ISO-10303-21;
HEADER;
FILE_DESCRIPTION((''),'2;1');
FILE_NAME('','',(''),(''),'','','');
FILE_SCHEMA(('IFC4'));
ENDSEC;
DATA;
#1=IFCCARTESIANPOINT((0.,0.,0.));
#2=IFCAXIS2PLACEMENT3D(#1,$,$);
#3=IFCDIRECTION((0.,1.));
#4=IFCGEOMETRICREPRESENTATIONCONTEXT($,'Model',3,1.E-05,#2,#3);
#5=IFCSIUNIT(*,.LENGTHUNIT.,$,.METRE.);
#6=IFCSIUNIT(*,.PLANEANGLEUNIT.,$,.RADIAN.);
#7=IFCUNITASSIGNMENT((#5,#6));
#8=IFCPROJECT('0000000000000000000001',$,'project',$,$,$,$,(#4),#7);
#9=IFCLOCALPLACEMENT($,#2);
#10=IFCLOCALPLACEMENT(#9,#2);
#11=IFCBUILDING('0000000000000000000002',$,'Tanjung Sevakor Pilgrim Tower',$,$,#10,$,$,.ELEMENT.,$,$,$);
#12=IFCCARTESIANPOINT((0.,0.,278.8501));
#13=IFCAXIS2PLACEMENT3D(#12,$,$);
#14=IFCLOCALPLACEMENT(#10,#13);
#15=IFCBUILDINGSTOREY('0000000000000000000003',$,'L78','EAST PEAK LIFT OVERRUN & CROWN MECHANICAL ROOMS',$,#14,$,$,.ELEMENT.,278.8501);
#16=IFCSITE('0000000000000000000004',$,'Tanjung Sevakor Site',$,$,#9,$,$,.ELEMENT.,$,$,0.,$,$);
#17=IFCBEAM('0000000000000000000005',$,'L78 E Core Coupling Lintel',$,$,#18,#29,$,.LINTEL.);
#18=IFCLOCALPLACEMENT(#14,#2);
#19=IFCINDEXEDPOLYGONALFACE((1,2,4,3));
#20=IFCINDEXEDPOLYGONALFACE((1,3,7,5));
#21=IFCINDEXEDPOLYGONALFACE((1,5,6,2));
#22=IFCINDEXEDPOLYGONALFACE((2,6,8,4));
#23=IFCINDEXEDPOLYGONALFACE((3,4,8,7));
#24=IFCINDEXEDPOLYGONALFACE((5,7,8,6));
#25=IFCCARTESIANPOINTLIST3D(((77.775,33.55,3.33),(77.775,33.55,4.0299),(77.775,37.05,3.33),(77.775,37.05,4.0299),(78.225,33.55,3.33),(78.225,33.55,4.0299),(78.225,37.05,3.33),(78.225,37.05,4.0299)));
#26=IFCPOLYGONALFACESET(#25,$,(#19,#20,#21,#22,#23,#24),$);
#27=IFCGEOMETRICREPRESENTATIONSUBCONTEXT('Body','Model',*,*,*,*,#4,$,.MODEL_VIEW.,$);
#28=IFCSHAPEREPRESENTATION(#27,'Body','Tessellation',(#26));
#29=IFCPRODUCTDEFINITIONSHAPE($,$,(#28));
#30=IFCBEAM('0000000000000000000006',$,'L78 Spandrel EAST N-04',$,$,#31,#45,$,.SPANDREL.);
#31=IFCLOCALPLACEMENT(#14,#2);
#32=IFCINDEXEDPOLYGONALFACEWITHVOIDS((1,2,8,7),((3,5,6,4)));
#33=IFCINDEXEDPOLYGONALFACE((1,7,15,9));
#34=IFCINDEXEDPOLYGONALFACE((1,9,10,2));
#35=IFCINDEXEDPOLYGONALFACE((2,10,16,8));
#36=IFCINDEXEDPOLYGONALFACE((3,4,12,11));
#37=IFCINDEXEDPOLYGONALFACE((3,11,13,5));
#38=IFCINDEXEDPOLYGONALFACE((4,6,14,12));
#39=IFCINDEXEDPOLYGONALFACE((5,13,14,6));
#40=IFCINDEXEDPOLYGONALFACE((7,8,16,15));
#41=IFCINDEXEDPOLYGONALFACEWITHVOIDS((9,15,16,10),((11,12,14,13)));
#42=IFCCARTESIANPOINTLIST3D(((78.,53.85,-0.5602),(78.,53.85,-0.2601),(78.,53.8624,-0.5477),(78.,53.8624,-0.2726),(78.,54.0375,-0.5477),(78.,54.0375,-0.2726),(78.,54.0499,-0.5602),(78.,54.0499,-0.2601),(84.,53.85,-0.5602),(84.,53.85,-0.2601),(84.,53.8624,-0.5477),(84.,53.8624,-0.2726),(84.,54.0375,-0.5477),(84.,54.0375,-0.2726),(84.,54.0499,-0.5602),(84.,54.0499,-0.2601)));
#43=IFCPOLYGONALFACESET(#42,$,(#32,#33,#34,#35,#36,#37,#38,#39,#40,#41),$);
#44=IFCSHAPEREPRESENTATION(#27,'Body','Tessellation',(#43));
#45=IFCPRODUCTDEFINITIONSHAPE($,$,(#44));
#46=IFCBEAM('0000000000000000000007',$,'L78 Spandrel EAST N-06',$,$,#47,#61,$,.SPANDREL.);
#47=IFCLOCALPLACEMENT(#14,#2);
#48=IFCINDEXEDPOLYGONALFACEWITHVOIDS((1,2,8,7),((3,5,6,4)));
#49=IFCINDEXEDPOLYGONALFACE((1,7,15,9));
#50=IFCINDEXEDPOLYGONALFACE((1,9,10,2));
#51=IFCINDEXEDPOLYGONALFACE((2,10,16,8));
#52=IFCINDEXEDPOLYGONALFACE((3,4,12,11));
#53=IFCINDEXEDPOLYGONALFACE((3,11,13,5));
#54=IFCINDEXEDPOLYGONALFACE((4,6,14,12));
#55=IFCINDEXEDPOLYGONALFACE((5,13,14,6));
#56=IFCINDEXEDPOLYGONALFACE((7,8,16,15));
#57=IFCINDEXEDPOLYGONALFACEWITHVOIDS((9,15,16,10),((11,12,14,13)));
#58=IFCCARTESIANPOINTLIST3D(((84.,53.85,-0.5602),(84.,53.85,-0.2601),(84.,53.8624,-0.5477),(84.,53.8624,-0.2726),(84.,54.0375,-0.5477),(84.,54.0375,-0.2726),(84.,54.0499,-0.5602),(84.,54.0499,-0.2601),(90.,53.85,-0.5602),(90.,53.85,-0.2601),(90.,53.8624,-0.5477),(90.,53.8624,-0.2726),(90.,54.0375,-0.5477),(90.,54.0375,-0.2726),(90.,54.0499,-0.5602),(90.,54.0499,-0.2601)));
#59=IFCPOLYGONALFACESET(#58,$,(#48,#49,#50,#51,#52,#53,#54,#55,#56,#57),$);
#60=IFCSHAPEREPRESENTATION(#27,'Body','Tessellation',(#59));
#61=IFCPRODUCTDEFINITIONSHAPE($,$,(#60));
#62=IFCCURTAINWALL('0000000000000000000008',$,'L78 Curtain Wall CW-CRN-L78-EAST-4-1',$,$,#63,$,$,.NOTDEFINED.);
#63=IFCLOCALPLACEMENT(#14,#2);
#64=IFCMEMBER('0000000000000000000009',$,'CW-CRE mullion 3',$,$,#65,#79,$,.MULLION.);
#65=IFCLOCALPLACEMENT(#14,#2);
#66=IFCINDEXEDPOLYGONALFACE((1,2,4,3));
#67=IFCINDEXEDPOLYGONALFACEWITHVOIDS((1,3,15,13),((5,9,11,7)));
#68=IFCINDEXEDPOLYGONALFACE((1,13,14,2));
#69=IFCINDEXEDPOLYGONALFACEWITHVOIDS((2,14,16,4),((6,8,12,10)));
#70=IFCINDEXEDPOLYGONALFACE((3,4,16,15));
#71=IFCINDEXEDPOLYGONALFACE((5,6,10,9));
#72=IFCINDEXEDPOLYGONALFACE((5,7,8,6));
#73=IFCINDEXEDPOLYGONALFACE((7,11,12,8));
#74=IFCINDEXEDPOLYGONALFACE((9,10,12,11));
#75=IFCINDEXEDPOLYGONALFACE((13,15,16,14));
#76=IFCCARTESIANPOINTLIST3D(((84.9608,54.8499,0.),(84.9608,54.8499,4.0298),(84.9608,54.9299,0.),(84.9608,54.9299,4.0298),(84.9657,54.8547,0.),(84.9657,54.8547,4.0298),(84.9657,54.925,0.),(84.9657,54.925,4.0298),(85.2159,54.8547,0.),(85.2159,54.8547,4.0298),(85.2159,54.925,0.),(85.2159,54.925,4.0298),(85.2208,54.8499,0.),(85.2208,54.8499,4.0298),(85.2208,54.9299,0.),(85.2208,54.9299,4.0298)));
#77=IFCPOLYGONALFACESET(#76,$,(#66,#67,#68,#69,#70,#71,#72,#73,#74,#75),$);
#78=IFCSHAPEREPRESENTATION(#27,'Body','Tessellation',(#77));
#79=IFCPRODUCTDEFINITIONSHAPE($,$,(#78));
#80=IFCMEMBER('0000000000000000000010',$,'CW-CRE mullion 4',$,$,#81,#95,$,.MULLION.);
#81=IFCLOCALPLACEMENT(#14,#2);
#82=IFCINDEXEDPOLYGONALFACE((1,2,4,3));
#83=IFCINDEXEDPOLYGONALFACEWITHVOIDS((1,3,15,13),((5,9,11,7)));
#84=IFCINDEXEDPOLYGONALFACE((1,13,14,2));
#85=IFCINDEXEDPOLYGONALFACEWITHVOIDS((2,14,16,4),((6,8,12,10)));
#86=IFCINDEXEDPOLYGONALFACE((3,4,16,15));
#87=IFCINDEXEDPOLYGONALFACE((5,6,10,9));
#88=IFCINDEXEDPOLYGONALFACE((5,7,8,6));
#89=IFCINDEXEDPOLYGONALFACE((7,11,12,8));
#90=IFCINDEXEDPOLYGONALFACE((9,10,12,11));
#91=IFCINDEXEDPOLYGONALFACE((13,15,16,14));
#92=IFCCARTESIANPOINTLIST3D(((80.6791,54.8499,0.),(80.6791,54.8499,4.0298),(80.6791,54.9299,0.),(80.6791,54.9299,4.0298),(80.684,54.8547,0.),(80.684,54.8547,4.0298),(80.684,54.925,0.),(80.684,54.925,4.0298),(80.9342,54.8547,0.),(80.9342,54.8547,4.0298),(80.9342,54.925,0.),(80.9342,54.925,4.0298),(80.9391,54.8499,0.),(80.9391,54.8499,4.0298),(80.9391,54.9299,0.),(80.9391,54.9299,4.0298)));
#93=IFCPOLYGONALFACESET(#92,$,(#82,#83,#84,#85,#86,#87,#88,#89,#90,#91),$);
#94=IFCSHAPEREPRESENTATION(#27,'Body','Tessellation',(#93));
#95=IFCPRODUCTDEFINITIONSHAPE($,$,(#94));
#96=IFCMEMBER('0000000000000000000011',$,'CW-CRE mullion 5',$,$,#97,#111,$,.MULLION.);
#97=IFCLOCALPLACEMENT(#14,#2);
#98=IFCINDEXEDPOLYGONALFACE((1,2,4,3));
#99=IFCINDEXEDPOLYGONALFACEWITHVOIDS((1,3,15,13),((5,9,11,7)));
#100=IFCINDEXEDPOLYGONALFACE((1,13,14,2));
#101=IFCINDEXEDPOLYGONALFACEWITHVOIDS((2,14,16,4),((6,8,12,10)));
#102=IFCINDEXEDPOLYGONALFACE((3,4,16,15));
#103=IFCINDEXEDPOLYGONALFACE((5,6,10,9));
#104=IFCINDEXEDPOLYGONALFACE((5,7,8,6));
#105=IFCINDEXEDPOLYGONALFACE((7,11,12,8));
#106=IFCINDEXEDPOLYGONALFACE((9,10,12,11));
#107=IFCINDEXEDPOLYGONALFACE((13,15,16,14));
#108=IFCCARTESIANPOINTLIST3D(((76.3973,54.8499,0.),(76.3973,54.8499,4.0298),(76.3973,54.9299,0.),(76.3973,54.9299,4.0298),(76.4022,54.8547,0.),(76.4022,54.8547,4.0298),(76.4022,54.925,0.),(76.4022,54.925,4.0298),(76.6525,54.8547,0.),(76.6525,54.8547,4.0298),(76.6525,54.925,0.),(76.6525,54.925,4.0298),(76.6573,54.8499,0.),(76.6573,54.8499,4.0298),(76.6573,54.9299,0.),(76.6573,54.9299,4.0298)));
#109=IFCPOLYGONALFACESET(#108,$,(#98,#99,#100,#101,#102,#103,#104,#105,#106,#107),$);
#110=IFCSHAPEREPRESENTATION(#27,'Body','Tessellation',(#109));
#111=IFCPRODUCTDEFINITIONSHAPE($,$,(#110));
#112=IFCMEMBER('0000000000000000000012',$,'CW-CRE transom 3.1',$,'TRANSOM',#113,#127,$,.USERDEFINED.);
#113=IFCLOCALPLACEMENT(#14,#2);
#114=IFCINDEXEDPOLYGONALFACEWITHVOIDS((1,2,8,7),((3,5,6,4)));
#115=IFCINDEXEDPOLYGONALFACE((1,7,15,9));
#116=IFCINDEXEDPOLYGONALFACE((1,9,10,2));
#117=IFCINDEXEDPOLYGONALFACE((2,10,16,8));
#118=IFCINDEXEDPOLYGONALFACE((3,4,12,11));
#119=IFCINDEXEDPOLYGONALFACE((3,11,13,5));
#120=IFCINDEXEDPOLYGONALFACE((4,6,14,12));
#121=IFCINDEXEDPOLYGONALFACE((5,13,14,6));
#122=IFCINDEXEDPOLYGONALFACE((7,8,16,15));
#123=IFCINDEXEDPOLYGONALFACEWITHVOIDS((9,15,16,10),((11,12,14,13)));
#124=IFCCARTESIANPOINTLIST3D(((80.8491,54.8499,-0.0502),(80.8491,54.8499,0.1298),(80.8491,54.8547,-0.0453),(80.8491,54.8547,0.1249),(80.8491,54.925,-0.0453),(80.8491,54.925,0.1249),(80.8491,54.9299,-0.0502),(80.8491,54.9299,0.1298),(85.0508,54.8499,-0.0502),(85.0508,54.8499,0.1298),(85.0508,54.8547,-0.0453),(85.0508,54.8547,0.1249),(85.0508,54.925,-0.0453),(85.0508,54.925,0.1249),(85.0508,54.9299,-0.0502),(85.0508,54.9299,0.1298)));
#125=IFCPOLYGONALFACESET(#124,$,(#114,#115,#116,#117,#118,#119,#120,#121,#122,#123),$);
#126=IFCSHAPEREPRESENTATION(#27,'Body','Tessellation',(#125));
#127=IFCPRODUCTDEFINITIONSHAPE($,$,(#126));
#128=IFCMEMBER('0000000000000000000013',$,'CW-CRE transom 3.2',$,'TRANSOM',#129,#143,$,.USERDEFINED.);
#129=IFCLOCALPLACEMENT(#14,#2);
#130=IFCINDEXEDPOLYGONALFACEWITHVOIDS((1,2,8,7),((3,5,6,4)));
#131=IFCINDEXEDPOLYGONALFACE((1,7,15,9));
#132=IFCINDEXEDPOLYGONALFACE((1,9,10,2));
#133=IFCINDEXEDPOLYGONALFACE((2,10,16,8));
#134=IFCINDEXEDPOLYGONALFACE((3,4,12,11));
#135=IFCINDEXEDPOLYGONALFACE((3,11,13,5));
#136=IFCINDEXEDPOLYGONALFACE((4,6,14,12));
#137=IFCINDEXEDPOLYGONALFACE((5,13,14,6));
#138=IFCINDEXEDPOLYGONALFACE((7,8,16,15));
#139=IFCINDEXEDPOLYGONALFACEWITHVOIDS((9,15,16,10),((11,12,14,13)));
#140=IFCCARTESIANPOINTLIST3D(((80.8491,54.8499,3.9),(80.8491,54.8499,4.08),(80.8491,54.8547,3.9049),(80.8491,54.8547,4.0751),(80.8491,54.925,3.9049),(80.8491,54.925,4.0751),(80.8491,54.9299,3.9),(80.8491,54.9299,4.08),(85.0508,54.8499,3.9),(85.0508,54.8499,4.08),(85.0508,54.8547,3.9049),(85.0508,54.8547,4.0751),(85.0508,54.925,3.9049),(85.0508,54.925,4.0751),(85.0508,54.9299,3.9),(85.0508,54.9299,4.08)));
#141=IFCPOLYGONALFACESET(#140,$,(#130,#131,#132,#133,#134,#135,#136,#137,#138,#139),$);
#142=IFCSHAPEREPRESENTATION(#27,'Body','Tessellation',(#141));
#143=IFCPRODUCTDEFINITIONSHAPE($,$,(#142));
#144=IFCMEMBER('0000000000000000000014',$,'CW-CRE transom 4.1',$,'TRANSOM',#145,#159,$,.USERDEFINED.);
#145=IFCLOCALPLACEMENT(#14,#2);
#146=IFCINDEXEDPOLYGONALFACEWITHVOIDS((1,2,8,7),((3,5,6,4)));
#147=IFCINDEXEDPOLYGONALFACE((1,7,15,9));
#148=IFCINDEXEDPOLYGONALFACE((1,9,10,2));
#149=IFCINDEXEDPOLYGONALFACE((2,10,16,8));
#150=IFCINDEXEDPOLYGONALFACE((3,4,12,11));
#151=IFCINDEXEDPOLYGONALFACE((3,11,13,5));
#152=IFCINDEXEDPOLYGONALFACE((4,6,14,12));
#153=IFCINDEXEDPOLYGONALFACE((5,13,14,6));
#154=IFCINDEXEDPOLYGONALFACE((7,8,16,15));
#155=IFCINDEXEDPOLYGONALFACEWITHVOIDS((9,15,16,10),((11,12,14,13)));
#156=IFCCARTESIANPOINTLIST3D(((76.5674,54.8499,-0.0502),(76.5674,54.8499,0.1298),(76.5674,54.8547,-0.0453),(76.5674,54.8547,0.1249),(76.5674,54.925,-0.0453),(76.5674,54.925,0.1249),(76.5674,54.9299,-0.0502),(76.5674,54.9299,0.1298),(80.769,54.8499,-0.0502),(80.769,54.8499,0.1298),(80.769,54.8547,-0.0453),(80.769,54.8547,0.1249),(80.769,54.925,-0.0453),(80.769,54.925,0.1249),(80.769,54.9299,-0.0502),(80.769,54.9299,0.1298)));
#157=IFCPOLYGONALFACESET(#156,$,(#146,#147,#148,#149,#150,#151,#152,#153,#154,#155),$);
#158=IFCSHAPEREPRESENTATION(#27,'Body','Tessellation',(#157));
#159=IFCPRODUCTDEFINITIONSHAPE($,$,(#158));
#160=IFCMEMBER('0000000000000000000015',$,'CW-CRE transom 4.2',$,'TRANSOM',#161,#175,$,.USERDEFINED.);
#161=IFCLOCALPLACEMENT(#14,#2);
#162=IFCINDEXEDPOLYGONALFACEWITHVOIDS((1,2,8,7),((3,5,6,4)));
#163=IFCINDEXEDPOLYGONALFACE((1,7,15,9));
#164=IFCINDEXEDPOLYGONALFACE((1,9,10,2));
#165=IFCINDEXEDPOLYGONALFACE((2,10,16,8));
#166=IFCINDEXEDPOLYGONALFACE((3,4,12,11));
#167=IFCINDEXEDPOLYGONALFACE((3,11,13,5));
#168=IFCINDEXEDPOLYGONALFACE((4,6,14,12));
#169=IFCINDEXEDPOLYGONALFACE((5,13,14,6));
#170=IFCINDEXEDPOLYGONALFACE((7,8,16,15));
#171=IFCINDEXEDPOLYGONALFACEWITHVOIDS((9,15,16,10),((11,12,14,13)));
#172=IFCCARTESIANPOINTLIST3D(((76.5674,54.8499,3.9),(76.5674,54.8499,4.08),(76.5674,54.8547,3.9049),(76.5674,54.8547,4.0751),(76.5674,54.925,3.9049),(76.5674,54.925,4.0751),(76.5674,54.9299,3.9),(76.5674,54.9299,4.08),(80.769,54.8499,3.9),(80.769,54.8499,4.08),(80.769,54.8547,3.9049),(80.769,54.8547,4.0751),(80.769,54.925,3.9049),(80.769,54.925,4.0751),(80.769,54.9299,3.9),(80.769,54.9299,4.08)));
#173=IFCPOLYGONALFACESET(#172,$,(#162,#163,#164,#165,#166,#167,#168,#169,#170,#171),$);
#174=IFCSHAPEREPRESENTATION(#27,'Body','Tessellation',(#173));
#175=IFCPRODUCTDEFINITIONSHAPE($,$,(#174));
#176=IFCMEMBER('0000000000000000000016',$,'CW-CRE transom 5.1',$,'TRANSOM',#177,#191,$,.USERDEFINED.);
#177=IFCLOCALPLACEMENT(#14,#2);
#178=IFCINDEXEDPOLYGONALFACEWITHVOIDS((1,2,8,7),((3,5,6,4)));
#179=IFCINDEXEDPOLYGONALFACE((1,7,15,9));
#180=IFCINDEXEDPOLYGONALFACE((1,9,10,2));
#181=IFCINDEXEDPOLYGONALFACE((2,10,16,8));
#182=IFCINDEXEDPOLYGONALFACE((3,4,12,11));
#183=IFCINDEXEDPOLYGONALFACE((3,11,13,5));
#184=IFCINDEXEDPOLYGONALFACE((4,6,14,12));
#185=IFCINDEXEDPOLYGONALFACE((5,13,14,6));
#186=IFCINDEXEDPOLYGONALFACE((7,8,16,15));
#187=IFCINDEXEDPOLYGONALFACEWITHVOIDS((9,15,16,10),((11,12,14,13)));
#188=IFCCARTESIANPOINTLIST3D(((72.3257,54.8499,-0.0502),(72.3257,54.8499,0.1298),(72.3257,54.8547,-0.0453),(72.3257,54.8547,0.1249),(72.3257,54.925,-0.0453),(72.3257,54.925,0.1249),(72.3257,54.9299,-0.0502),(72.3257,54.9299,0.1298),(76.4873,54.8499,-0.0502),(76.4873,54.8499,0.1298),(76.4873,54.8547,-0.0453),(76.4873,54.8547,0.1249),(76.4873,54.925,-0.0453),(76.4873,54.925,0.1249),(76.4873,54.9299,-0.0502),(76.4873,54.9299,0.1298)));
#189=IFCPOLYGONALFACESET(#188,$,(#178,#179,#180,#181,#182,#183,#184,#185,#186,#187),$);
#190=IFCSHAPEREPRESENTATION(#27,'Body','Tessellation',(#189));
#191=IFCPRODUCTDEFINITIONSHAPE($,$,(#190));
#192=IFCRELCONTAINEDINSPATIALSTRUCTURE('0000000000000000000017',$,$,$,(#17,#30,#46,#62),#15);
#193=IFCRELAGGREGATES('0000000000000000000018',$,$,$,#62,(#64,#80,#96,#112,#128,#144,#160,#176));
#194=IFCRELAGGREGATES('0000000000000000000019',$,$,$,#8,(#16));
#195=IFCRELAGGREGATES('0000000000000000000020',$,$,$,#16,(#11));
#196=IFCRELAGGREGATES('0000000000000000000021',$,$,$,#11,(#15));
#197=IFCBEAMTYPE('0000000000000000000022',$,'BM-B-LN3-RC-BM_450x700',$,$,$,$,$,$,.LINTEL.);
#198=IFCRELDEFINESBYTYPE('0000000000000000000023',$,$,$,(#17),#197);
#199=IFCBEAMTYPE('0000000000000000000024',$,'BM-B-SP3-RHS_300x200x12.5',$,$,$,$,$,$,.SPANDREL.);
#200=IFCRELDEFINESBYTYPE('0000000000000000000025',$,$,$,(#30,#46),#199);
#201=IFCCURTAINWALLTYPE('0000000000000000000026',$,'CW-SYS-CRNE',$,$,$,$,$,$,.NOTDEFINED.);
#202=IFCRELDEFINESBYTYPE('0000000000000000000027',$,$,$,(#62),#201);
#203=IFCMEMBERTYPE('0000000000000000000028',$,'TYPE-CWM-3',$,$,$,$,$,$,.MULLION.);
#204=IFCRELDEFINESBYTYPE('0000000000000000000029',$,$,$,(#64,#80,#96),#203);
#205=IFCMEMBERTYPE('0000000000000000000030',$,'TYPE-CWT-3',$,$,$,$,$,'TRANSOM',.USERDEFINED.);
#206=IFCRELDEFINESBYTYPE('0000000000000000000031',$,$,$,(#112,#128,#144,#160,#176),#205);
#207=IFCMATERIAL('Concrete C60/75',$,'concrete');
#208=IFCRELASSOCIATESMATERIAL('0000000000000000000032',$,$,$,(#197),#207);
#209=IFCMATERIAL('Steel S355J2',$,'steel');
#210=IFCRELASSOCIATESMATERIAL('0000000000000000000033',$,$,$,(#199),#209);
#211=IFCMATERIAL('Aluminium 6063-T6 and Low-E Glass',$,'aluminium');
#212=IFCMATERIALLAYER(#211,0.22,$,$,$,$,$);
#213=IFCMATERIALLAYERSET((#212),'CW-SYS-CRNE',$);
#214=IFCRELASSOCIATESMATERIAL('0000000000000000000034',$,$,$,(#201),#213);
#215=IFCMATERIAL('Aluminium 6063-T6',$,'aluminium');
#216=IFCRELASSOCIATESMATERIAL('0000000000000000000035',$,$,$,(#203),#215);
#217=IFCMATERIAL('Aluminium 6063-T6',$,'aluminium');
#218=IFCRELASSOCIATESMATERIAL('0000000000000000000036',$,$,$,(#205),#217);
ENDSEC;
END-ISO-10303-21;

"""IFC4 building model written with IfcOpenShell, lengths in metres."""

from ifc_helpers import new_model, si_unit, direction, frame, origin, origin_2d, place, context, subcontext, project, spatial, rectangle, hollow_rectangle, extrude, material, layer, layer_set, material_profile, profile_set, type_object, element, aggregate, save


model = new_model("IFC4")

# Units and contexts
model_context = context("Model", 3, precision=1e-05, world=origin(), true_north=direction((0.0, 1.0)))
body_context = subcontext(model_context, "Body", "Model", "MODEL_VIEW")
ifc_project = project(units=[si_unit("LENGTHUNIT", "METRE"), si_unit("PLANEANGLEUNIT", "RADIAN")], contexts=[model_context])

# Site, building, storey
site_placement = place(None, origin())
site = spatial("IfcSite", under=ifc_project, at=site_placement, Name="Tanjung Sevakor Site", CompositionType="ELEMENT", RefElevation=0.0)
building_placement = place(site_placement, origin())
building = spatial("IfcBuilding", under=site, at=building_placement, Name="Tanjung Sevakor Pilgrim Tower", CompositionType="ELEMENT")
storey_placement = place(building_placement, frame((0.0, 0.0, 278.8501)))
storey = spatial("IfcBuildingStorey", under=building, at=storey_placement, Name="L78", Description="EAST PEAK LIFT OVERRUN & CROWN MECHANICAL ROOMS", CompositionType="ELEMENT", Elevation=278.8501)

# Beams
ifc_material_1 = material(Name="Concrete C60/75", Category="concrete")
ifc_material_profile_1 = material_profile(ifc_material_1, rectangle(XDim=0.45, YDim=0.7, at=origin_2d()))
ifc_profile_set_1 = profile_set([ifc_material_profile_1], Name="Concrete C60/75")
beam_type_1 = type_object("IfcBeamType", Name="BM-B-LN3-RC-BM_450x700", PredefinedType="LINTEL", material=ifc_profile_set_1)
beam_placement = place(storey_placement, frame((78.0, 33.55, 3.6799), z_axis=(0.0, 1.0, 0.0), x_axis=(-1.0, 0.0, 0.0)))
element("IfcBeam", 1, at=beam_placement, inside=storey, type_object=beam_type_1, Name="L78 E Core Coupling Lintel", PredefinedType="LINTEL", context=body_context, shape_type="SweptSolid", body=[
    extrude(rectangle(XDim=0.45, YDim=0.7, at=origin_2d()), origin(), (0.0, 0.0, 1.0), 3.5),
])
ifc_material_2 = material(Name="Steel S355J2", Category="steel")
ifc_material_profile_2 = material_profile(ifc_material_2, hollow_rectangle(XDim=0.2, YDim=0.3, WallThickness=0.0125, at=origin_2d()))
ifc_profile_set_2 = profile_set([ifc_material_profile_2], Name="Steel S355J2")
beam_type_2 = type_object("IfcBeamType", Name="BM-B-SP3-RHS_300x200x12.5", PredefinedType="SPANDREL", material=ifc_profile_set_2)
for number, where, z_axis, x_axis, name in (
    (2, (78.0, 53.95, -0.4102), (1.0, 0.0, 0.0), (0.0, 1.0, 0.0), "L78 Spandrel EAST N-04"),
    (3, (84.0, 53.95, -0.4102), (1.0, 0.0, 0.0), (0.0, 1.0, 0.0), "L78 Spandrel EAST N-06"),
):
    element("IfcBeam", number, at=place(storey_placement, frame(where, z_axis=z_axis, x_axis=x_axis)), inside=storey, type_object=beam_type_2, Name=name, PredefinedType="SPANDREL", context=body_context, shape_type="SweptSolid", body=[
        extrude(hollow_rectangle(XDim=0.2, YDim=0.3, WallThickness=0.0125, at=origin_2d()), origin(), (0.0, 0.0, 1.0), 6.0),
    ])

# Curtain wall, members
ifc_material_3 = material(Name="Aluminium 6063-T6 and Low-E Glass", Category="aluminium")
ifc_layer_1 = layer(ifc_material_3, 0.22)
ifc_layer_set_1 = layer_set([ifc_layer_1], Name="CW-SYS-CRNE")
curtain_wall_type = type_object("IfcCurtainWallType", Name="CW-SYS-CRNE", PredefinedType="NOTDEFINED", material=ifc_layer_set_1)
curtain_wall_placement = place(storey_placement, origin())
curtain_wall = element("IfcCurtainWall", 4, at=curtain_wall_placement, inside=storey, type_object=curtain_wall_type, Name="L78 Curtain Wall CW-CRN-L78-EAST-4-1", PredefinedType="NOTDEFINED")
ifc_material_4 = material(Name="Aluminium 6063-T6", Category="aluminium")
ifc_material_profile_3 = material_profile(ifc_material_4, hollow_rectangle(XDim=0.0801, YDim=0.26, WallThickness=0.0049, at=origin_2d()))
ifc_profile_set_3 = profile_set([ifc_material_profile_3], Name="Aluminium 6063-T6")
member_type_1 = type_object("IfcMemberType", Name="TYPE-CWM-3", PredefinedType="MULLION", material=ifc_profile_set_3)
member_1_placement = place(storey_placement, frame((85.0908, 54.8899, 0.0), z_axis=(0.0, 0.0, 1.0), x_axis=(0.0, -1.0, 0.0)))
member_1 = element("IfcMember", 5, at=member_1_placement, type_object=member_type_1, Name="CW-CRE mullion 3", PredefinedType="MULLION", context=body_context, shape_type="SweptSolid", body=[
    extrude(hollow_rectangle(XDim=0.0801, YDim=0.26, WallThickness=0.0049, at=origin_2d()), origin(), (0.0, 0.0, 1.0), 4.0298),
])
member_2_placement = place(storey_placement, frame((80.8091, 54.8899, 0.0), z_axis=(0.0, 0.0, 1.0), x_axis=(0.0, -1.0, 0.0)))
member_2 = element("IfcMember", 6, at=member_2_placement, type_object=member_type_1, Name="CW-CRE mullion 4", PredefinedType="MULLION", context=body_context, shape_type="SweptSolid", body=[
    extrude(hollow_rectangle(XDim=0.0801, YDim=0.26, WallThickness=0.0049, at=origin_2d()), origin(), (0.0, 0.0, 1.0), 4.0298),
])
member_3_placement = place(storey_placement, frame((76.5273, 54.8899, 0.0), z_axis=(0.0, 0.0, 1.0), x_axis=(0.0, -1.0, 0.0)))
member_3 = element("IfcMember", 7, at=member_3_placement, type_object=member_type_1, Name="CW-CRE mullion 5", PredefinedType="MULLION", context=body_context, shape_type="SweptSolid", body=[
    extrude(hollow_rectangle(XDim=0.0801, YDim=0.26, WallThickness=0.0049, at=origin_2d()), origin(), (0.0, 0.0, 1.0), 4.0298),
])
ifc_material_5 = material(Name="Aluminium 6063-T6", Category="aluminium")
ifc_material_profile_4 = material_profile(ifc_material_5, hollow_rectangle(XDim=0.0801, YDim=0.1799, WallThickness=0.0049, at=origin_2d()))
ifc_profile_set_4 = profile_set([ifc_material_profile_4], Name="Aluminium 6063-T6")
member_type_2 = type_object("IfcMemberType", Name="TYPE-CWT-3", ElementType="TRANSOM", PredefinedType="USERDEFINED", material=ifc_profile_set_4)
member_4_placement = place(storey_placement, frame((85.0508, 54.8899, 0.0398), z_axis=(-1.0, 0.0, 0.0), x_axis=(0.0, -1.0, 0.0)))
member_4 = element("IfcMember", 8, at=member_4_placement, type_object=member_type_2, Name="CW-CRE transom 3.1", ObjectType="TRANSOM", PredefinedType="USERDEFINED", context=body_context, shape_type="SweptSolid", body=[
    extrude(hollow_rectangle(XDim=0.0801, YDim=0.1799, WallThickness=0.0049, at=origin_2d()), origin(), (0.0, 0.0, 1.0), 4.2017),
])
member_5_placement = place(storey_placement, frame((85.0508, 54.8899, 3.99), z_axis=(-1.0, 0.0, 0.0), x_axis=(0.0, -1.0, 0.0)))
member_5 = element("IfcMember", 9, at=member_5_placement, type_object=member_type_2, Name="CW-CRE transom 3.2", ObjectType="TRANSOM", PredefinedType="USERDEFINED", context=body_context, shape_type="SweptSolid", body=[
    extrude(hollow_rectangle(XDim=0.0801, YDim=0.1799, WallThickness=0.0049, at=origin_2d()), origin(), (0.0, 0.0, 1.0), 4.2017),
])
member_6_placement = place(storey_placement, frame((80.769, 54.8899, 0.0398), z_axis=(-1.0, 0.0, 0.0), x_axis=(0.0, -1.0, 0.0)))
member_6 = element("IfcMember", 10, at=member_6_placement, type_object=member_type_2, Name="CW-CRE transom 4.1", ObjectType="TRANSOM", PredefinedType="USERDEFINED", context=body_context, shape_type="SweptSolid", body=[
    extrude(hollow_rectangle(XDim=0.0801, YDim=0.1799, WallThickness=0.0049, at=origin_2d()), origin(), (0.0, 0.0, 1.0), 4.2017),
])
member_7_placement = place(storey_placement, frame((80.769, 54.8899, 3.99), z_axis=(-1.0, 0.0, 0.0), x_axis=(0.0, -1.0, 0.0)))
member_7 = element("IfcMember", 11, at=member_7_placement, type_object=member_type_2, Name="CW-CRE transom 4.2", ObjectType="TRANSOM", PredefinedType="USERDEFINED", context=body_context, shape_type="SweptSolid", body=[
    extrude(hollow_rectangle(XDim=0.0801, YDim=0.1799, WallThickness=0.0049, at=origin_2d()), origin(), (0.0, 0.0, 1.0), 4.2017),
])
member_8_placement = place(storey_placement, frame((76.4873, 54.8899, 0.0398), z_axis=(-1.0, 0.0, 0.0), x_axis=(0.0, -1.0, 0.0)))
member_8 = element("IfcMember", 12, at=member_8_placement, type_object=member_type_2, Name="CW-CRE transom 5.1", ObjectType="TRANSOM", PredefinedType="USERDEFINED", context=body_context, shape_type="SweptSolid", body=[
    extrude(hollow_rectangle(XDim=0.0801, YDim=0.1799, WallThickness=0.0049, at=origin_2d()), origin(), (0.0, 0.0, 1.0), 4.1616),
])
aggregate(curtain_wall, [member_1, member_2, member_3, member_4, member_5, member_6, member_7, member_8])

save(model, "model.ifc")
